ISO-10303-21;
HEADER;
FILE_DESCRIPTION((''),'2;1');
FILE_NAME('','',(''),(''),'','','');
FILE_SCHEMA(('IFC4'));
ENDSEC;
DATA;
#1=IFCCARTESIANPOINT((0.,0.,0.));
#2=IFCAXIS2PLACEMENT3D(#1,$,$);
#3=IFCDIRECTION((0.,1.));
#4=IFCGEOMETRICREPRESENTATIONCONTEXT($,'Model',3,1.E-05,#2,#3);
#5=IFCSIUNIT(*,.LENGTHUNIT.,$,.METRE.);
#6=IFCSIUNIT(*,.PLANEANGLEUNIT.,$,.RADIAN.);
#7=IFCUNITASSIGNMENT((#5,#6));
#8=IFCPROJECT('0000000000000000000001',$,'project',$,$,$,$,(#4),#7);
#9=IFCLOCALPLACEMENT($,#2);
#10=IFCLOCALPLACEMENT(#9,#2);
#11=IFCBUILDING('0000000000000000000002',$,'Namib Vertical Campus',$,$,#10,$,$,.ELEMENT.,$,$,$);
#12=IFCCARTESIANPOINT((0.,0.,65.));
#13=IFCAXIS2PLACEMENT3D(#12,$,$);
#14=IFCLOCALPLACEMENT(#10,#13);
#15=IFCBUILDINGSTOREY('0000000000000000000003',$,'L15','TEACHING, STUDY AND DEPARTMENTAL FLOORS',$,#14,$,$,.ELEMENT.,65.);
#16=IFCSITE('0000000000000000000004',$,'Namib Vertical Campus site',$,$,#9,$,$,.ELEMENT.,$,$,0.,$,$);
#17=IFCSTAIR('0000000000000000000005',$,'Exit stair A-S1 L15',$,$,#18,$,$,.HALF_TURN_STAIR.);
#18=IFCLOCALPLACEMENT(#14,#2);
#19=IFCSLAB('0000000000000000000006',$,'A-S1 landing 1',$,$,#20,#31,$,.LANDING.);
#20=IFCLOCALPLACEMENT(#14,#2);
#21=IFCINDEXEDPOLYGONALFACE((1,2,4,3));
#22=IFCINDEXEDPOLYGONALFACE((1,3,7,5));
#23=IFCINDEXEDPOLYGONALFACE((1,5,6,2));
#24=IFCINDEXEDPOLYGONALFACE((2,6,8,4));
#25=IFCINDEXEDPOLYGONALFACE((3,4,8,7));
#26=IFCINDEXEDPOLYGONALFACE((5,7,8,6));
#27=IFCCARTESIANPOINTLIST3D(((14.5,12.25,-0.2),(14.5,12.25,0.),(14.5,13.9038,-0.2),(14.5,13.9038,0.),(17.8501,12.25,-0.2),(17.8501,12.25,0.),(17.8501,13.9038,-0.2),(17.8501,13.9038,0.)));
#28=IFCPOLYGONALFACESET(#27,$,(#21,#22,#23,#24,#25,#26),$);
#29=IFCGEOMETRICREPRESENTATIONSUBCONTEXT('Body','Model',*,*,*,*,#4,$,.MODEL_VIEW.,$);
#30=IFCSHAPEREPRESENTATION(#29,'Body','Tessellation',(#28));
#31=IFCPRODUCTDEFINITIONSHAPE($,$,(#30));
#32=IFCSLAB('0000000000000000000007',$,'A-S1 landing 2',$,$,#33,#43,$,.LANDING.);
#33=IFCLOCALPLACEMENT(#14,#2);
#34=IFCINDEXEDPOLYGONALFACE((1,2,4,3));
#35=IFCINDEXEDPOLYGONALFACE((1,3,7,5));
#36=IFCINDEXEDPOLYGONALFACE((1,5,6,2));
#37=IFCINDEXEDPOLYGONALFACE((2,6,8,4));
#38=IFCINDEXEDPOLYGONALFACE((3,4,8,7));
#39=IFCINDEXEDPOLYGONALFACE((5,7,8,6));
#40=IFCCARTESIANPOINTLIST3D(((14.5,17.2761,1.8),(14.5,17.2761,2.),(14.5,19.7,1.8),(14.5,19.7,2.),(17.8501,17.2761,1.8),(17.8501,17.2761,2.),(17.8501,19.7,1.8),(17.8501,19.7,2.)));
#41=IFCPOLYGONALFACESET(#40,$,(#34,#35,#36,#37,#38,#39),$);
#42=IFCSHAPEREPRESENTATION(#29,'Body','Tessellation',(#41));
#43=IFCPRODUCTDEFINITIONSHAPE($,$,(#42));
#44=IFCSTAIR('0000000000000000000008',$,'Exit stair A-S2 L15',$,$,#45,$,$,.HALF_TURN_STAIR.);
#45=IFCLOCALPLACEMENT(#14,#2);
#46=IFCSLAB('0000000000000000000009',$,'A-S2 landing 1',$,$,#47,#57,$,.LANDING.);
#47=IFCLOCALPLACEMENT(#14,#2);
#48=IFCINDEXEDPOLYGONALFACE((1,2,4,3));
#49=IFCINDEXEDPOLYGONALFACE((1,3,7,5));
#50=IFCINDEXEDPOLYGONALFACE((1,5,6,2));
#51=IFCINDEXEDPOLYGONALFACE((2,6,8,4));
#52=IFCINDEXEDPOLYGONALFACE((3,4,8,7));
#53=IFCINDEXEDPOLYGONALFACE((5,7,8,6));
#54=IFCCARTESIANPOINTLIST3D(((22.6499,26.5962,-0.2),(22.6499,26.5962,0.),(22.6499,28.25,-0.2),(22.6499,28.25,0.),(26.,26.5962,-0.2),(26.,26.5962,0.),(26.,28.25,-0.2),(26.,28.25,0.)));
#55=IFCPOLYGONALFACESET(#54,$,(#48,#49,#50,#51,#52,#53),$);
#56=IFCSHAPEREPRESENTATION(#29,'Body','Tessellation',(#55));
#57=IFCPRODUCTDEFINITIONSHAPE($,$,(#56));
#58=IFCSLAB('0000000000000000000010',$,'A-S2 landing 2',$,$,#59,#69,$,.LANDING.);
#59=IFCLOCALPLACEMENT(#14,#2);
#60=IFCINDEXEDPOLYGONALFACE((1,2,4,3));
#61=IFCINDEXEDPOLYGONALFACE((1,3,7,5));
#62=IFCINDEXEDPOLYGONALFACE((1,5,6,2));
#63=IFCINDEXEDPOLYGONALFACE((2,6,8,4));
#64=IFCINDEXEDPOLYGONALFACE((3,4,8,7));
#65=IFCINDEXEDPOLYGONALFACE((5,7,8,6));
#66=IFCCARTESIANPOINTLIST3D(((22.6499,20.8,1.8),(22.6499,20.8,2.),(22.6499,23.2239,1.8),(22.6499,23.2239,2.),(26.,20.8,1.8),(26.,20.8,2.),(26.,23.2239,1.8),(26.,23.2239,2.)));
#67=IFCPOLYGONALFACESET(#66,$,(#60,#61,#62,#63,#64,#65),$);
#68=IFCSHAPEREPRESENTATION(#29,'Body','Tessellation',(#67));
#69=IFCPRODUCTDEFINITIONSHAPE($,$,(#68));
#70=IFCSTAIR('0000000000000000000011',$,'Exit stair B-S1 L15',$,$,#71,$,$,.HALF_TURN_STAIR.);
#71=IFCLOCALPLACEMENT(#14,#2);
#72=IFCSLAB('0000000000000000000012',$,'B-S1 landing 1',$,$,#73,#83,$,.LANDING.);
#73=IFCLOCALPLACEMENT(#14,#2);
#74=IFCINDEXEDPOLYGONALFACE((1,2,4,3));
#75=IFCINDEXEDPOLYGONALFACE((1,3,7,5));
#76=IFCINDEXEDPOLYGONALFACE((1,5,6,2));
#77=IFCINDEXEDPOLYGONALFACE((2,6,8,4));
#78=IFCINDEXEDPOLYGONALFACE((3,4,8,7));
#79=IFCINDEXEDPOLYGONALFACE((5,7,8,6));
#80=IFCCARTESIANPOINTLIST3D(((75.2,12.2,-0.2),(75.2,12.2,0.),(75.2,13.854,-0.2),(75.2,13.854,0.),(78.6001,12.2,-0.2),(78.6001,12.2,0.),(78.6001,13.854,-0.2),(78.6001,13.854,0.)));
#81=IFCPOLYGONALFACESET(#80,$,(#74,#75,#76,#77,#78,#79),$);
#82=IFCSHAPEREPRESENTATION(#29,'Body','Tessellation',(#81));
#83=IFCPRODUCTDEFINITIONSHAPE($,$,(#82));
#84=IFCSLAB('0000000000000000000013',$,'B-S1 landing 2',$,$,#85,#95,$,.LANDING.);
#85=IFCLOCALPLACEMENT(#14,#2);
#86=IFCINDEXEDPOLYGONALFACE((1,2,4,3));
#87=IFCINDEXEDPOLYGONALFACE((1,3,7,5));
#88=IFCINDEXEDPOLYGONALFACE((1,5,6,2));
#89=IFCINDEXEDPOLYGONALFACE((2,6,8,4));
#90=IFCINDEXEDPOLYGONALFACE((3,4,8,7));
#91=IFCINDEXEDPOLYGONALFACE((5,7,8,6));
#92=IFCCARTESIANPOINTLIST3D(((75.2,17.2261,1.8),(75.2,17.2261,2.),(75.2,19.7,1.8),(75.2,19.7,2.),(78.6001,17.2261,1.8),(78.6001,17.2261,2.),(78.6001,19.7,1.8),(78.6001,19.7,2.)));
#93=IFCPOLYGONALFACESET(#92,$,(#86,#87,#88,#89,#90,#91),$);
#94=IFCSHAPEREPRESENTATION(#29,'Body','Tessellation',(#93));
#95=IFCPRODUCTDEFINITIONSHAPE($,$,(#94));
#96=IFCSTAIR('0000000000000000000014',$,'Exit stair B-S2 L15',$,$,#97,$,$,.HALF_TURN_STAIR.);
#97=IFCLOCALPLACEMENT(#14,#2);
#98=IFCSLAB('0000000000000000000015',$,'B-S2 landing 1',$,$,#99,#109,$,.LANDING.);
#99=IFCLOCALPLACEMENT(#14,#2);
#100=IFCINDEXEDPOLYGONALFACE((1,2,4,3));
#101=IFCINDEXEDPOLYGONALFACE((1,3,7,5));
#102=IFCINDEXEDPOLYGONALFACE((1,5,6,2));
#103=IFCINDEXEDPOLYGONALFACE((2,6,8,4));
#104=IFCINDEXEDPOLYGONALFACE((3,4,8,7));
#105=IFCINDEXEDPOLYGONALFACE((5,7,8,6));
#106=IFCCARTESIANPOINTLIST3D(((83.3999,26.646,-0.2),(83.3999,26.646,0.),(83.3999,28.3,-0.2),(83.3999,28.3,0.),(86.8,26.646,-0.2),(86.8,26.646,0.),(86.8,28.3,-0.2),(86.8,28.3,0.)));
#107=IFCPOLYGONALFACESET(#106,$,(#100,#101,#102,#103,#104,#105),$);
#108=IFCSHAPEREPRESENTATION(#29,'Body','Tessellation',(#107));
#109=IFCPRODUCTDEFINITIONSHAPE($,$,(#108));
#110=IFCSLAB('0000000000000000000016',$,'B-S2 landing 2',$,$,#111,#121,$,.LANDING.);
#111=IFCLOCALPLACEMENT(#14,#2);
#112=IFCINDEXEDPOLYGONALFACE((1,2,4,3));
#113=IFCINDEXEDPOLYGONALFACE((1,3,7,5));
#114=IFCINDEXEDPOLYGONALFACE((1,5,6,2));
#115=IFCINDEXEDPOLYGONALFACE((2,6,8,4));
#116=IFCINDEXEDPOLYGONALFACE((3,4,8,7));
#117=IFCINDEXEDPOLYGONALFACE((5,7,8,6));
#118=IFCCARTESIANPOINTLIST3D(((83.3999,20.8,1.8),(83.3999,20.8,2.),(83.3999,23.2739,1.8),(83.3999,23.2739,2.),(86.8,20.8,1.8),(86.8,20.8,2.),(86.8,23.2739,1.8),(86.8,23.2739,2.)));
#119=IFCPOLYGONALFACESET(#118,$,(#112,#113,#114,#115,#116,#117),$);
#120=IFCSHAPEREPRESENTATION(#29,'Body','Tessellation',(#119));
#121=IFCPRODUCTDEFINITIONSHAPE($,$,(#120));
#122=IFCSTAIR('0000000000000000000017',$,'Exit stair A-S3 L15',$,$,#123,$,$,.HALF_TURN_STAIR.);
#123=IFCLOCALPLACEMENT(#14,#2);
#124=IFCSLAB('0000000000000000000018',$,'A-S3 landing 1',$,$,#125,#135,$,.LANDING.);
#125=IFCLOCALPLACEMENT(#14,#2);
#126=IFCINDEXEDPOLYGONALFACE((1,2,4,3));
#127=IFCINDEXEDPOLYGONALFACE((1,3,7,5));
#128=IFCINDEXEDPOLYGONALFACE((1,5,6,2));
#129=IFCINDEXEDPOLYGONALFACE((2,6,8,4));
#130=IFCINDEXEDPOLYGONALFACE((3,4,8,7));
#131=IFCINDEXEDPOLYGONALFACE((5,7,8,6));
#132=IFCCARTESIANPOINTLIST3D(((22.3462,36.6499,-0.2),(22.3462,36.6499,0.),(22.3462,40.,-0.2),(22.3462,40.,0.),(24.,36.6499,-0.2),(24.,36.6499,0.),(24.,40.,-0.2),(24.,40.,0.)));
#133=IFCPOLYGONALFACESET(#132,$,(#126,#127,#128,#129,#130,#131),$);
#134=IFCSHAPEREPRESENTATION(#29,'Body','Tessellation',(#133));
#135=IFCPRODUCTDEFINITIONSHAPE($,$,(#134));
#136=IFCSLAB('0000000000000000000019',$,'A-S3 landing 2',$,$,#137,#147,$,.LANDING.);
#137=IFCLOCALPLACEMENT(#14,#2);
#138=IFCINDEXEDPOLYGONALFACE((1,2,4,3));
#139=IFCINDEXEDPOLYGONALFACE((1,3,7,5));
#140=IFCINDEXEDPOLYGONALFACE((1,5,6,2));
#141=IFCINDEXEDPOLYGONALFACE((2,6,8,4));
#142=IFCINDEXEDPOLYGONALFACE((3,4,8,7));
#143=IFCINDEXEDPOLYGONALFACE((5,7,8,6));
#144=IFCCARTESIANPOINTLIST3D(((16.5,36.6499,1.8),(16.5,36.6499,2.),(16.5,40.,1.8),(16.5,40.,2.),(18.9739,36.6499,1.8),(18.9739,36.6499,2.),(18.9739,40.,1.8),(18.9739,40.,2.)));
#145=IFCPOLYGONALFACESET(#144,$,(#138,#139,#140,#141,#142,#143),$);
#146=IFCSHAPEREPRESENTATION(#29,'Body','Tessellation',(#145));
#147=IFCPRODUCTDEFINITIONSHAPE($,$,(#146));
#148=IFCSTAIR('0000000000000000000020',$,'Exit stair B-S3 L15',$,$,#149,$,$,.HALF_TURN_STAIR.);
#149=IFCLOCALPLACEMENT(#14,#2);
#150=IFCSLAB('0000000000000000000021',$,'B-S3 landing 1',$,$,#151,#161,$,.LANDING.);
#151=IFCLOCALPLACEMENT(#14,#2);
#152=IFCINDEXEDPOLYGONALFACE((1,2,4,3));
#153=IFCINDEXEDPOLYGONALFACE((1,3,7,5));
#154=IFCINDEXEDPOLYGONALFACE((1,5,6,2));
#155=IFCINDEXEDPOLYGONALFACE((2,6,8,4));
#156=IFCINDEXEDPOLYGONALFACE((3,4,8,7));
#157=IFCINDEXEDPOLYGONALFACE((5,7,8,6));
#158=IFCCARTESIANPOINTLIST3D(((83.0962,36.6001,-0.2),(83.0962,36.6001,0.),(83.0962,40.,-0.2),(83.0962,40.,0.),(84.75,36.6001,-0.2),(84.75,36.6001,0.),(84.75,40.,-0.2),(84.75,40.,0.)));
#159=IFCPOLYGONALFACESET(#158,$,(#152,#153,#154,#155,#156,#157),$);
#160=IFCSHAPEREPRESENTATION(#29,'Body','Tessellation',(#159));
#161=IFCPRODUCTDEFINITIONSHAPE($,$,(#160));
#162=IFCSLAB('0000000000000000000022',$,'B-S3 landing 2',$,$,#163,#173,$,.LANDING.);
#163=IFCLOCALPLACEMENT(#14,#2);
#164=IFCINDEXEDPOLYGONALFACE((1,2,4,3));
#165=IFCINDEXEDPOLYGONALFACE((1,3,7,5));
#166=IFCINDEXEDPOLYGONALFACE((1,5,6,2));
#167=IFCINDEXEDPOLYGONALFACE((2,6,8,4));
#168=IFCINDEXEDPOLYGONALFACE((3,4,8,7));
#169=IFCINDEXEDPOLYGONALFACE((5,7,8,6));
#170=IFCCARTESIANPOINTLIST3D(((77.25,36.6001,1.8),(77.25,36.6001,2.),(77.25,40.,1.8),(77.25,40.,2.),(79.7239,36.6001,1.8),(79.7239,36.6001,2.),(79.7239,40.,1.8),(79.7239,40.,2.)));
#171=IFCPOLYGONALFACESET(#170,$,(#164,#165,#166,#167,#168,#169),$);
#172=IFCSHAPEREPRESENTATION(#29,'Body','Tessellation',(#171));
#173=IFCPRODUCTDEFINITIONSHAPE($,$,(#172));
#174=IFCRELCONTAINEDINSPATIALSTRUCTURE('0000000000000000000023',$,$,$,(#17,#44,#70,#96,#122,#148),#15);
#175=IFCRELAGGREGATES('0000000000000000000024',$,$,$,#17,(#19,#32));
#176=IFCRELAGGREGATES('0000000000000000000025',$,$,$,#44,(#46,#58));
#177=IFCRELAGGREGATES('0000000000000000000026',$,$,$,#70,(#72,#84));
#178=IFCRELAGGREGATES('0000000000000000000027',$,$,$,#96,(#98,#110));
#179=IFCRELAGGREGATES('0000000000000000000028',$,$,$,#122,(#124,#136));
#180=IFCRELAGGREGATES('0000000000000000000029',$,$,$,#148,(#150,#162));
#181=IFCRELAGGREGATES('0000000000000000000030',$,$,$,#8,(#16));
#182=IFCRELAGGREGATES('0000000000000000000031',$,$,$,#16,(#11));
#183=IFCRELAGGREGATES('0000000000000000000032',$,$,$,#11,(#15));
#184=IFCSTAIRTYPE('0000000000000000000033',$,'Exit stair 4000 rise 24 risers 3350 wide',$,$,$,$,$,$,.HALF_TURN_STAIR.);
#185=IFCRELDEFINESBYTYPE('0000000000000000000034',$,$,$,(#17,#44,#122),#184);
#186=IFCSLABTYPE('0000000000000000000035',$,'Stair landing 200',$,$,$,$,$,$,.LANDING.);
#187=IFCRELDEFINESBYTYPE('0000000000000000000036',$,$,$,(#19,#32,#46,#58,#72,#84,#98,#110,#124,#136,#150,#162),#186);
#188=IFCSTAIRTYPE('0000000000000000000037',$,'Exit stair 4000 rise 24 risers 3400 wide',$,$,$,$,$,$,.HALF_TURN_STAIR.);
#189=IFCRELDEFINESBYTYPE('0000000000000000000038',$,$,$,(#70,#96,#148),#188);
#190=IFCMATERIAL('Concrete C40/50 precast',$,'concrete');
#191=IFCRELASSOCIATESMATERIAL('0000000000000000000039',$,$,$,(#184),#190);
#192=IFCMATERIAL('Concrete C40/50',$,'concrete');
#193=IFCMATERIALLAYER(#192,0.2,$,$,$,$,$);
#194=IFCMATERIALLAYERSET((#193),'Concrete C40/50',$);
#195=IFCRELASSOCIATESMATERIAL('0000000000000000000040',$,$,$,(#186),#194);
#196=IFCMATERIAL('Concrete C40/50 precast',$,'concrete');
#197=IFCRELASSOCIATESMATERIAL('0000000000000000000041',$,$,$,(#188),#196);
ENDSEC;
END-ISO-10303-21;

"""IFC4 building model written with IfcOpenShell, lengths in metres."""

from ifc_helpers import new_model, si_unit, direction, frame, origin, place, context, subcontext, project, spatial, polyline, outline, extrude, material, layer, layer_set, type_object, element, aggregate, save


model = new_model("IFC4")

# Units and contexts
model_context = context("Model", 3, precision=1e-05, world=origin(), true_north=direction((0.0, 1.0)))
body_context = subcontext(model_context, "Body", "Model", "MODEL_VIEW")
ifc_project = project(units=[si_unit("LENGTHUNIT", "METRE"), si_unit("PLANEANGLEUNIT", "RADIAN")], contexts=[model_context])

# Site, building, storey
site_placement = place(None, origin())
site = spatial("IfcSite", under=ifc_project, at=site_placement, Name="Namib Vertical Campus site", CompositionType="ELEMENT", RefElevation=0.0)
building_placement = place(site_placement, origin())
building = spatial("IfcBuilding", under=site, at=building_placement, Name="Namib Vertical Campus", CompositionType="ELEMENT")
storey_placement = place(building_placement, frame((0.0, 0.0, 65.0)))
storey = spatial("IfcBuildingStorey", under=building, at=storey_placement, Name="L15", Description="TEACHING, STUDY AND DEPARTMENTAL FLOORS", CompositionType="ELEMENT", Elevation=65.0)

# Stairs, slabs
ifc_material_1 = material(Name="Concrete C40/50 precast", Category="concrete")
stair_type_1 = type_object("IfcStairType", Name="Exit stair 4000 rise 24 risers 3350 wide", PredefinedType="HALF_TURN_STAIR", material=ifc_material_1)
stair_1_placement = place(storey_placement, origin())
stair_1 = element("IfcStair", 1, at=stair_1_placement, inside=storey, type_object=stair_type_1, Name="Exit stair A-S1 L15", PredefinedType="HALF_TURN_STAIR")
ifc_material_2 = material(Name="Concrete C40/50", Category="concrete")
ifc_layer_1 = layer(ifc_material_2, 0.2)
ifc_layer_set_1 = layer_set([ifc_layer_1], Name="Concrete C40/50")
slab_type_1 = type_object("IfcSlabType", Name="Stair landing 200", PredefinedType="LANDING", material=ifc_layer_set_1)
slab_1_placement = place(storey_placement, frame((0.0, 0.0, -0.2)))
slab_1 = element("IfcSlab", 2, at=slab_1_placement, type_object=slab_type_1, Name="A-S1 landing 1", PredefinedType="LANDING", context=body_context, shape_type="SweptSolid", body=[
    extrude(outline(polyline([(14.5, 12.25), (17.8501, 12.25), (17.8501, 13.9038), (14.5, 13.9038), (14.5, 12.25)])), origin(), (0.0, 0.0, 1.0), 0.2),
])
slab_2_placement = place(storey_placement, frame((0.0, 0.0, 1.8)))
slab_2 = element("IfcSlab", 3, at=slab_2_placement, type_object=slab_type_1, Name="A-S1 landing 2", PredefinedType="LANDING", context=body_context, shape_type="SweptSolid", body=[
    extrude(outline(polyline([(14.5, 17.2761), (17.8501, 17.2761), (17.8501, 19.7), (14.5, 19.7), (14.5, 17.2761)])), origin(), (0.0, 0.0, 1.0), 0.2),
])
aggregate(stair_1, [slab_1, slab_2])
stair_2_placement = place(storey_placement, origin())
stair_2 = element("IfcStair", 4, at=stair_2_placement, inside=storey, type_object=stair_type_1, Name="Exit stair A-S2 L15", PredefinedType="HALF_TURN_STAIR")
slab_3_placement = place(storey_placement, frame((0.0, 0.0, -0.2)))
slab_3 = element("IfcSlab", 5, at=slab_3_placement, type_object=slab_type_1, Name="A-S2 landing 1", PredefinedType="LANDING", context=body_context, shape_type="SweptSolid", body=[
    extrude(outline(polyline([(22.6499, 26.5962), (26.0, 26.5962), (26.0, 28.25), (22.6499, 28.25), (22.6499, 26.5962)])), origin(), (0.0, 0.0, 1.0), 0.2),
])
slab_4_placement = place(storey_placement, frame((0.0, 0.0, 1.8)))
slab_4 = element("IfcSlab", 6, at=slab_4_placement, type_object=slab_type_1, Name="A-S2 landing 2", PredefinedType="LANDING", context=body_context, shape_type="SweptSolid", body=[
    extrude(outline(polyline([(22.6499, 20.8), (26.0, 20.8), (26.0, 23.2239), (22.6499, 23.2239), (22.6499, 20.8)])), origin(), (0.0, 0.0, 1.0), 0.2),
])
aggregate(stair_2, [slab_3, slab_4])
ifc_material_3 = material(Name="Concrete C40/50 precast", Category="concrete")
stair_type_2 = type_object("IfcStairType", Name="Exit stair 4000 rise 24 risers 3400 wide", PredefinedType="HALF_TURN_STAIR", material=ifc_material_3)
stair_3_placement = place(storey_placement, origin())
stair_3 = element("IfcStair", 7, at=stair_3_placement, inside=storey, type_object=stair_type_2, Name="Exit stair B-S1 L15", PredefinedType="HALF_TURN_STAIR")
slab_5_placement = place(storey_placement, frame((0.0, 0.0, -0.2)))
slab_5 = element("IfcSlab", 8, at=slab_5_placement, type_object=slab_type_1, Name="B-S1 landing 1", PredefinedType="LANDING", context=body_context, shape_type="SweptSolid", body=[
    extrude(outline(polyline([(75.2, 12.2), (78.6001, 12.2), (78.6001, 13.854), (75.2, 13.854), (75.2, 12.2)])), origin(), (0.0, 0.0, 1.0), 0.2),
])
slab_6_placement = place(storey_placement, frame((0.0, 0.0, 1.8)))
slab_6 = element("IfcSlab", 9, at=slab_6_placement, type_object=slab_type_1, Name="B-S1 landing 2", PredefinedType="LANDING", context=body_context, shape_type="SweptSolid", body=[
    extrude(outline(polyline([(75.2, 17.2261), (78.6001, 17.2261), (78.6001, 19.7), (75.2, 19.7), (75.2, 17.2261)])), origin(), (0.0, 0.0, 1.0), 0.2),
])
aggregate(stair_3, [slab_5, slab_6])
stair_4_placement = place(storey_placement, origin())
stair_4 = element("IfcStair", 10, at=stair_4_placement, inside=storey, type_object=stair_type_2, Name="Exit stair B-S2 L15", PredefinedType="HALF_TURN_STAIR")
slab_7_placement = place(storey_placement, frame((0.0, 0.0, -0.2)))
slab_7 = element("IfcSlab", 11, at=slab_7_placement, type_object=slab_type_1, Name="B-S2 landing 1", PredefinedType="LANDING", context=body_context, shape_type="SweptSolid", body=[
    extrude(outline(polyline([(83.3999, 26.646), (86.8, 26.646), (86.8, 28.3), (83.3999, 28.3), (83.3999, 26.646)])), origin(), (0.0, 0.0, 1.0), 0.2),
])
slab_8_placement = place(storey_placement, frame((0.0, 0.0, 1.8)))
slab_8 = element("IfcSlab", 12, at=slab_8_placement, type_object=slab_type_1, Name="B-S2 landing 2", PredefinedType="LANDING", context=body_context, shape_type="SweptSolid", body=[
    extrude(outline(polyline([(83.3999, 20.8), (86.8, 20.8), (86.8, 23.2739), (83.3999, 23.2739), (83.3999, 20.8)])), origin(), (0.0, 0.0, 1.0), 0.2),
])
aggregate(stair_4, [slab_7, slab_8])
stair_5_placement = place(storey_placement, origin())
stair_5 = element("IfcStair", 13, at=stair_5_placement, inside=storey, type_object=stair_type_1, Name="Exit stair A-S3 L15", PredefinedType="HALF_TURN_STAIR")
slab_9_placement = place(storey_placement, frame((0.0, 0.0, -0.2)))
slab_9 = element("IfcSlab", 14, at=slab_9_placement, type_object=slab_type_1, Name="A-S3 landing 1", PredefinedType="LANDING", context=body_context, shape_type="SweptSolid", body=[
    extrude(outline(polyline([(22.3462, 36.6499), (22.3462, 40.0), (24.0, 40.0), (24.0, 36.6499), (22.3462, 36.6499)])), origin(), (0.0, 0.0, 1.0), 0.2),
])
slab_10_placement = place(storey_placement, frame((0.0, 0.0, 1.8)))
slab_10 = element("IfcSlab", 15, at=slab_10_placement, type_object=slab_type_1, Name="A-S3 landing 2", PredefinedType="LANDING", context=body_context, shape_type="SweptSolid", body=[
    extrude(outline(polyline([(16.5, 36.6499), (16.5, 40.0), (18.9739, 40.0), (18.9739, 36.6499), (16.5, 36.6499)])), origin(), (0.0, 0.0, 1.0), 0.2),
])
aggregate(stair_5, [slab_9, slab_10])
stair_6_placement = place(storey_placement, origin())
stair_6 = element("IfcStair", 16, at=stair_6_placement, inside=storey, type_object=stair_type_2, Name="Exit stair B-S3 L15", PredefinedType="HALF_TURN_STAIR")
slab_11_placement = place(storey_placement, frame((0.0, 0.0, -0.2)))
slab_11 = element("IfcSlab", 17, at=slab_11_placement, type_object=slab_type_1, Name="B-S3 landing 1", PredefinedType="LANDING", context=body_context, shape_type="SweptSolid", body=[
    extrude(outline(polyline([(83.0962, 36.6001), (83.0962, 40.0), (84.75, 40.0), (84.75, 36.6001), (83.0962, 36.6001)])), origin(), (0.0, 0.0, 1.0), 0.2),
])
slab_12_placement = place(storey_placement, frame((0.0, 0.0, 1.8)))
slab_12 = element("IfcSlab", 18, at=slab_12_placement, type_object=slab_type_1, Name="B-S3 landing 2", PredefinedType="LANDING", context=body_context, shape_type="SweptSolid", body=[
    extrude(outline(polyline([(77.25, 36.6001), (77.25, 40.0), (79.7239, 40.0), (79.7239, 36.6001), (77.25, 36.6001)])), origin(), (0.0, 0.0, 1.0), 0.2),
])
aggregate(stair_6, [slab_11, slab_12])

save(model, "model.ifc")
